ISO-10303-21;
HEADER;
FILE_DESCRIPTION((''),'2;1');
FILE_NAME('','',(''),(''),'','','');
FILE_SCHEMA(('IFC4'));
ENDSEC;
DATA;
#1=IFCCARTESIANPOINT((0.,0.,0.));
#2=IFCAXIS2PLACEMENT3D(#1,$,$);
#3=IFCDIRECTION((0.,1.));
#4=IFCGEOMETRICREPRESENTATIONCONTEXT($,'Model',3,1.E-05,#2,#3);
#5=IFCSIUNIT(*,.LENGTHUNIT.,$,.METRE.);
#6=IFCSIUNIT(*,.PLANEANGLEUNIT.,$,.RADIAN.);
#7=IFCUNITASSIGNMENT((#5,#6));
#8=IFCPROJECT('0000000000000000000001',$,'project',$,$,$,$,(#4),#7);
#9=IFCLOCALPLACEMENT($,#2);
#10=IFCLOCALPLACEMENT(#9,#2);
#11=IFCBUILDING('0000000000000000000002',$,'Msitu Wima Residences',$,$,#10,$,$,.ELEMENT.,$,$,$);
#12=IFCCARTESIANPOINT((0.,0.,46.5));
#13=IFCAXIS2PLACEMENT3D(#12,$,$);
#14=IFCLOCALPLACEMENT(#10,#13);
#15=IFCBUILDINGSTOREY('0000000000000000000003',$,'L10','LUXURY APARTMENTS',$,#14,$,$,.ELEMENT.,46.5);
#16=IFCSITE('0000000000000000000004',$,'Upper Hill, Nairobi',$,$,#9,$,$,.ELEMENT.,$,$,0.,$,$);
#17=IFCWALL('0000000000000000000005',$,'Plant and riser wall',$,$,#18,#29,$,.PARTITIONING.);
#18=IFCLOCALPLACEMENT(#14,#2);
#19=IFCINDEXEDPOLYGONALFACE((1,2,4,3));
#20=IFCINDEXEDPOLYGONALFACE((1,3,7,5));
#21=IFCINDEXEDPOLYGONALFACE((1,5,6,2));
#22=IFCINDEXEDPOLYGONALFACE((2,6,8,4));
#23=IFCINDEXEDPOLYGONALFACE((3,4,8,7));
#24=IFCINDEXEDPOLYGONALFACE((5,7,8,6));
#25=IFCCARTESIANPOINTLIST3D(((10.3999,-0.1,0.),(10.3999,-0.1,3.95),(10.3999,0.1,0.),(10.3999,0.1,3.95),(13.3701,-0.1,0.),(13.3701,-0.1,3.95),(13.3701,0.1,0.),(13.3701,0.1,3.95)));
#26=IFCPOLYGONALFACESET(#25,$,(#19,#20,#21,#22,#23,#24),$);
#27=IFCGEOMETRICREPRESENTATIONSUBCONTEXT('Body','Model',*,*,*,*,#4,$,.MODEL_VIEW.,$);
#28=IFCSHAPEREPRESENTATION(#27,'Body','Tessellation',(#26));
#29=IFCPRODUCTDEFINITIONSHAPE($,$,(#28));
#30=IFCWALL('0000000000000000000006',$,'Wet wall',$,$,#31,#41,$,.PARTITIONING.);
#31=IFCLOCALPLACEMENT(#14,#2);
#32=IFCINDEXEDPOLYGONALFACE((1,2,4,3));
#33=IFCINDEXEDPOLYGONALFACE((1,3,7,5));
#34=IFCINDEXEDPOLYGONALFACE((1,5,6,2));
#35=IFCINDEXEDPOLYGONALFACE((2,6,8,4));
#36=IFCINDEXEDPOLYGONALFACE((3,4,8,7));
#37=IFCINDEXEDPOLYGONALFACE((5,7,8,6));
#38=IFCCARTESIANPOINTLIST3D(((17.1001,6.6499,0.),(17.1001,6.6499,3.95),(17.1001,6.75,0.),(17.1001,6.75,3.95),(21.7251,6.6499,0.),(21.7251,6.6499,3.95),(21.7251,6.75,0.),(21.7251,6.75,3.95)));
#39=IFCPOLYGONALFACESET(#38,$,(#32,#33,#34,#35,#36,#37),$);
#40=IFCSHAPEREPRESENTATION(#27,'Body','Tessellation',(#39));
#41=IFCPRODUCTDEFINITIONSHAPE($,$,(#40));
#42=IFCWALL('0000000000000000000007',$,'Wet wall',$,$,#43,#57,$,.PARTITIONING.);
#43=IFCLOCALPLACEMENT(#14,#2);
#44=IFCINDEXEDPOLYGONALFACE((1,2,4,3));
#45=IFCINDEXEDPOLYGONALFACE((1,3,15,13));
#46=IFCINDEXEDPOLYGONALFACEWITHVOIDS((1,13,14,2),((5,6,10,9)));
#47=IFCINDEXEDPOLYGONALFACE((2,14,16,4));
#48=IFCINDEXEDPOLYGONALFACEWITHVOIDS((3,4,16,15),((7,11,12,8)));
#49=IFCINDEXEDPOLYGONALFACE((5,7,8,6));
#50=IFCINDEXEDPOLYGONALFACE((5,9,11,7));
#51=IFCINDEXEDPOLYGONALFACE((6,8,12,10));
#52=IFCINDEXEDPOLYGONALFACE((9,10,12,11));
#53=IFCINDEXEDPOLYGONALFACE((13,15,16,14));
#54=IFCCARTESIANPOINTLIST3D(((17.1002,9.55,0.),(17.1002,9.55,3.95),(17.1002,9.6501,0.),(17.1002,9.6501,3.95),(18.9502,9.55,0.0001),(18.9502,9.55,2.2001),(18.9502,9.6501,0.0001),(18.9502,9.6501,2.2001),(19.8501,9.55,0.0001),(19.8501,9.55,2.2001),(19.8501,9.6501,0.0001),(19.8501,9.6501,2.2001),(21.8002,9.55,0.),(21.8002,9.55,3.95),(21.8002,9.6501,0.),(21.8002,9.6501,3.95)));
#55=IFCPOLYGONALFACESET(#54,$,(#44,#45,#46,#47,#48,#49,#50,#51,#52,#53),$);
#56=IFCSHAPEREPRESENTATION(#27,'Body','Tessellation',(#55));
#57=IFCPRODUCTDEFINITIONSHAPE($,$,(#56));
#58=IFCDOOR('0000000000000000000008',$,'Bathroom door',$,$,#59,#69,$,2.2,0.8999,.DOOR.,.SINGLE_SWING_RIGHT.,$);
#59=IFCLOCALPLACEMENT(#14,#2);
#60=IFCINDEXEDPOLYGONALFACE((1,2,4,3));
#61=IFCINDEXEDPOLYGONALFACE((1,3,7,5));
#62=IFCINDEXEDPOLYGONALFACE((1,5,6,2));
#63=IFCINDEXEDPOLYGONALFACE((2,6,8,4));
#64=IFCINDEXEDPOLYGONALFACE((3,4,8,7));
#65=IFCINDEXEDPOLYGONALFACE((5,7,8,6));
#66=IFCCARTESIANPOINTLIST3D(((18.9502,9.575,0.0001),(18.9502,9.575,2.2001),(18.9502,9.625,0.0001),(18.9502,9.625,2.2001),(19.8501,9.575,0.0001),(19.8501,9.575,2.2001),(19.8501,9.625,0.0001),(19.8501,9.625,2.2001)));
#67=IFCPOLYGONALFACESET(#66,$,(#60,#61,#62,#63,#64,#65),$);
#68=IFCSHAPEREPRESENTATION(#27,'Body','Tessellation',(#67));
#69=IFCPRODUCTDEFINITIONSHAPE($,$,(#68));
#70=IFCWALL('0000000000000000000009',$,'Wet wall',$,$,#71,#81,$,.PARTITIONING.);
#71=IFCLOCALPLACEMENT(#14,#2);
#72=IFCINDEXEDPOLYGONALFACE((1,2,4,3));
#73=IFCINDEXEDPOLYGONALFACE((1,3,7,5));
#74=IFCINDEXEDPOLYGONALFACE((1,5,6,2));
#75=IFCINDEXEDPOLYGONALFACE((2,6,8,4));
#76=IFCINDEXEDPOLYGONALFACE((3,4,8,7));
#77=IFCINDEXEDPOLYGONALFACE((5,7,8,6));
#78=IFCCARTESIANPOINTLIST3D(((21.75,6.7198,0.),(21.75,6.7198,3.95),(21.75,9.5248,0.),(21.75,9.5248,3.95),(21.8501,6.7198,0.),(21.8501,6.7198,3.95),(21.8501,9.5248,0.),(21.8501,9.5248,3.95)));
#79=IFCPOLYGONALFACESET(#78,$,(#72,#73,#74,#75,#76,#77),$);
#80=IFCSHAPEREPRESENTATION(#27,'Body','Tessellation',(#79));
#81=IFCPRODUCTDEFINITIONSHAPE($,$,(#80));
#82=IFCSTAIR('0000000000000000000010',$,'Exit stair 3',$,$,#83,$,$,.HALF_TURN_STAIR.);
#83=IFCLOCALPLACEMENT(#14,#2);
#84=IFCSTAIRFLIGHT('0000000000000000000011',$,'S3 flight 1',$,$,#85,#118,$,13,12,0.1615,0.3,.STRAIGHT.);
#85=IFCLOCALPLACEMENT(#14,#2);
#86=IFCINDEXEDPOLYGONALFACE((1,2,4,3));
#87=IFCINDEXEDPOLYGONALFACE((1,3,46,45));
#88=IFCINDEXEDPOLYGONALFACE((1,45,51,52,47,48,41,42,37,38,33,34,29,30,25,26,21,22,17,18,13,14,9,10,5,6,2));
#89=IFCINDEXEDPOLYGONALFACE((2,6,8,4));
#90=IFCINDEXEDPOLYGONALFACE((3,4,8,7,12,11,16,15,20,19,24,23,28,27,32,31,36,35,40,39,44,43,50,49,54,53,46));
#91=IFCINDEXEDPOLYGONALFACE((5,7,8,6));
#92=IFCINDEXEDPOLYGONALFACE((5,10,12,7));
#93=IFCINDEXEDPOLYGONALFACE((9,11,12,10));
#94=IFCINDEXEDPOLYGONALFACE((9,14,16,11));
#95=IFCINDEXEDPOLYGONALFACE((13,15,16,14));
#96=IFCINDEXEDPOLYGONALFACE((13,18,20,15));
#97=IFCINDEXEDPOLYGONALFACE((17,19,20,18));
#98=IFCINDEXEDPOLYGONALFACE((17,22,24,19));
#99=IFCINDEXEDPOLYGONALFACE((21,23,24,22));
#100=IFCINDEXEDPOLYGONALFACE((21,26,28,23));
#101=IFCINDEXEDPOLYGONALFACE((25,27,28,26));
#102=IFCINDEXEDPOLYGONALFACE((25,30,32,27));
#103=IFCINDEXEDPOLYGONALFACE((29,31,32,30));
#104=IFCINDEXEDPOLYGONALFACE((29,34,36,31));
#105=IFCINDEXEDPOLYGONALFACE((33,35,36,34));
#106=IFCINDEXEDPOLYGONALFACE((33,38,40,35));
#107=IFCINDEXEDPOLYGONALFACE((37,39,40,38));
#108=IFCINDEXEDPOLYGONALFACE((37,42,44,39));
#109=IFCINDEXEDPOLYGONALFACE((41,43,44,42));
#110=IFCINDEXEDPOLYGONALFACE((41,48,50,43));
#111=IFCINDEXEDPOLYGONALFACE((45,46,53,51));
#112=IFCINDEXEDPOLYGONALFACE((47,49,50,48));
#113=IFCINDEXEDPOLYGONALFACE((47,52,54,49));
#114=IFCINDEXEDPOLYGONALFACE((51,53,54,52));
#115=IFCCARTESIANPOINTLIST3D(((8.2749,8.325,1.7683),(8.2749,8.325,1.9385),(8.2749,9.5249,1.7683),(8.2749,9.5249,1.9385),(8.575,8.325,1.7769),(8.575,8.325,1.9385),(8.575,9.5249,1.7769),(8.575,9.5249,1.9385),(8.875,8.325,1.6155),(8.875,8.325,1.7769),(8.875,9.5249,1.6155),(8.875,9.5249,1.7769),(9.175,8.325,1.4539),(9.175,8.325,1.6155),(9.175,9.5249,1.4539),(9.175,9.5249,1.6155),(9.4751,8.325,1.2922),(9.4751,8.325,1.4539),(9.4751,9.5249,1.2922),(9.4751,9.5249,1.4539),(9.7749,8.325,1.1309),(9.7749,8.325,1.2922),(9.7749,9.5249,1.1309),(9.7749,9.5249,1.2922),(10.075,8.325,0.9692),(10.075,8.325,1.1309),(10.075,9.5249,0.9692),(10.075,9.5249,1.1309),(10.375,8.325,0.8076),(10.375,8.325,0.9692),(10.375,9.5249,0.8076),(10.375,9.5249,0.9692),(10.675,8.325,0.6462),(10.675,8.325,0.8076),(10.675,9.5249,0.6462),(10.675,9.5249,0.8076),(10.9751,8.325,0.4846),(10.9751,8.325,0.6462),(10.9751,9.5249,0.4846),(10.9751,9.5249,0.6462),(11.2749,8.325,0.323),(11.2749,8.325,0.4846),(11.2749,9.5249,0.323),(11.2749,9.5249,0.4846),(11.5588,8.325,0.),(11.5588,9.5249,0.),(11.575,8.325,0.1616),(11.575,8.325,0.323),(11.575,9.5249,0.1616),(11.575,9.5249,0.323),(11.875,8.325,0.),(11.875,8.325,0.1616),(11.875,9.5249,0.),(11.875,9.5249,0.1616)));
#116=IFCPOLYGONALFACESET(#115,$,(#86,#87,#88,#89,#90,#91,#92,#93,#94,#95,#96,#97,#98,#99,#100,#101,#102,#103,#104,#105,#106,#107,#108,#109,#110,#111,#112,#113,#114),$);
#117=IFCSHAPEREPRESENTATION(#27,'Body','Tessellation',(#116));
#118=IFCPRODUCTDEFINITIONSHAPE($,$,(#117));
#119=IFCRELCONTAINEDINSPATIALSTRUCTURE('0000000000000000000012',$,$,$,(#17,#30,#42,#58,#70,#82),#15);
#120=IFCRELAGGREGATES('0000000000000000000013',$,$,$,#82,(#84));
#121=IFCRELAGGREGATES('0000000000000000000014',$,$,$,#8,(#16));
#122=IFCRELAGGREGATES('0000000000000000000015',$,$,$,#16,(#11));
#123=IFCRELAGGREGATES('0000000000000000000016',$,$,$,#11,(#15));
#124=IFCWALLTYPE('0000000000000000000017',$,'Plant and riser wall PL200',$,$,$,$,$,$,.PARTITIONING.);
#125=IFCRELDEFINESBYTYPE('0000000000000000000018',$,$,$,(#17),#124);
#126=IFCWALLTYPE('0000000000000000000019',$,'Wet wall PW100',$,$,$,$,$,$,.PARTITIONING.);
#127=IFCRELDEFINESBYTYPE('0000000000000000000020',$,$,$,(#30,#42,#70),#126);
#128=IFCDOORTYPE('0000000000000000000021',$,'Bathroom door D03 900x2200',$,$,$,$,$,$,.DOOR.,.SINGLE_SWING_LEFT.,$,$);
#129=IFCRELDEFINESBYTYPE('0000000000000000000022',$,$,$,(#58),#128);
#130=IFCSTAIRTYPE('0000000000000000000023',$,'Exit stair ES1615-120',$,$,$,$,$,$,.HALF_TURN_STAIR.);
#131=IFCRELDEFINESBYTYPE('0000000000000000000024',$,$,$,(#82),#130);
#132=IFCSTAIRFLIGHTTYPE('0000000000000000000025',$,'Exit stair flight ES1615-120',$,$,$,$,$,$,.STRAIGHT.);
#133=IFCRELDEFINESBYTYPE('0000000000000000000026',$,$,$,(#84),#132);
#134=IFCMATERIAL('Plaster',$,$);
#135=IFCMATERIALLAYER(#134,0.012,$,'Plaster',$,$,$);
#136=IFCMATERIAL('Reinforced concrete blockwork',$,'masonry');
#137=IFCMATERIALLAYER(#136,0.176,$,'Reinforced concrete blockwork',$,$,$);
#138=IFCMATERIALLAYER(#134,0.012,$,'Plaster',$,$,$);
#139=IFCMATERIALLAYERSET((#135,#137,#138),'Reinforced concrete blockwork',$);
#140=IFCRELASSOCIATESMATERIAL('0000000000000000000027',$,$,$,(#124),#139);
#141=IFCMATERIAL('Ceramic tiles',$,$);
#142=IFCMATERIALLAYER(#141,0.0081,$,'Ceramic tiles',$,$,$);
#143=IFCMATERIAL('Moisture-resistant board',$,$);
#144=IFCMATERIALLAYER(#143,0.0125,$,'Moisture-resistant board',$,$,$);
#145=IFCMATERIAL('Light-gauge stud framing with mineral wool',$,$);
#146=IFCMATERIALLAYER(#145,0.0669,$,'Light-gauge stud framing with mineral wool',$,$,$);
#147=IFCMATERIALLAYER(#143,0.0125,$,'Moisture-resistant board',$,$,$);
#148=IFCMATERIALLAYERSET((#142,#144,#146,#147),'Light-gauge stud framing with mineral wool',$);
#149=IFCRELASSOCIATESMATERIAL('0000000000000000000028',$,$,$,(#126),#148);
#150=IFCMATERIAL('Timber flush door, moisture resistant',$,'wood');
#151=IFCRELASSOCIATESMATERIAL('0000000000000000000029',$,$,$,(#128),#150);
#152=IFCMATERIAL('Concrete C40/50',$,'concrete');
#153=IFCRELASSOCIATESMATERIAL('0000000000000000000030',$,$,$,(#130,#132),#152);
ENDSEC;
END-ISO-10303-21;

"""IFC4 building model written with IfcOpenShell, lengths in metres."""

from ifc_helpers import new_model, si_unit, direction, frame, frame_2d, origin, place, context, subcontext, project, spatial, polyline, rectangle, outline, extrude, material, layer, layer_set, type_object, element, fill, aggregate, save


model = new_model("IFC4")

# Units and contexts
model_context = context("Model", 3, precision=1e-05, world=origin(), true_north=direction((0.0, 1.0)))
body_context = subcontext(model_context, "Body", "Model", "MODEL_VIEW")
ifc_project = project(units=[si_unit("LENGTHUNIT", "METRE"), si_unit("PLANEANGLEUNIT", "RADIAN")], contexts=[model_context])

# Site, building, storey
site_placement = place(None, origin())
site = spatial("IfcSite", under=ifc_project, at=site_placement, Name="Upper Hill, Nairobi", CompositionType="ELEMENT", RefElevation=0.0)
building_placement = place(site_placement, origin())
building = spatial("IfcBuilding", under=site, at=building_placement, Name="Msitu Wima Residences", CompositionType="ELEMENT")
storey_placement = place(building_placement, frame((0.0, 0.0, 46.5)))
storey = spatial("IfcBuildingStorey", under=building, at=storey_placement, Name="L10", Description="LUXURY APARTMENTS", CompositionType="ELEMENT", Elevation=46.5)

# Shared definitions
ifc_material_1 = material(Name="Concrete C40/50", Category="concrete")

# Shared definitions
ifc_material_2 = material(Name="Plaster")

# Shared definitions
ifc_layer_1 = layer(ifc_material_2, 0.012, Name="Plaster")
ifc_material_3 = material(Name="Reinforced concrete blockwork", Category="masonry")
ifc_layer_2 = layer(ifc_material_3, 0.176, Name="Reinforced concrete blockwork")
ifc_layer_3 = layer(ifc_material_2, 0.012, Name="Plaster")
ifc_layer_set_1 = layer_set([ifc_layer_1, ifc_layer_2, ifc_layer_3], Name="Reinforced concrete blockwork")
wall_type_1 = type_object("IfcWallType", Name="Plant and riser wall PL200", PredefinedType="PARTITIONING", material=ifc_layer_set_1)

# Walls
wall_1_placement = place(storey_placement, frame((10.3999, 0.0, 0.0), z_axis=(0.0, 0.0, 1.0), x_axis=(1.0, 0.0, 0.0)))
element("IfcWall", 1, at=wall_1_placement, inside=storey, type_object=wall_type_1, Name="Plant and riser wall", PredefinedType="PARTITIONING", context=body_context, shape_type="SweptSolid", body=[
    extrude(rectangle(XDim=2.9702, YDim=0.2, at=frame_2d((1.4851, 0.0))), origin(), (0.0, 0.0, 1.0), 3.95),
])
ifc_material_4 = material(Name="Ceramic tiles")
ifc_layer_4 = layer(ifc_material_4, 0.0081, Name="Ceramic tiles")
ifc_material_5 = material(Name="Moisture-resistant board")
ifc_layer_5 = layer(ifc_material_5, 0.0125, Name="Moisture-resistant board")
ifc_material_6 = material(Name="Light-gauge stud framing with mineral wool")
ifc_layer_6 = layer(ifc_material_6, 0.0669, Name="Light-gauge stud framing with mineral wool")
ifc_layer_7 = layer(ifc_material_5, 0.0125, Name="Moisture-resistant board")
ifc_layer_set_2 = layer_set([ifc_layer_4, ifc_layer_5, ifc_layer_6, ifc_layer_7], Name="Light-gauge stud framing with mineral wool")
wall_type_2 = type_object("IfcWallType", Name="Wet wall PW100", PredefinedType="PARTITIONING", material=ifc_layer_set_2)
wall_2_placement = place(storey_placement, frame((17.1001, 6.7, 0.0), z_axis=(0.0, 0.0, 1.0), x_axis=(1.0, 0.0, 0.0)))
element("IfcWall", 2, at=wall_2_placement, inside=storey, type_object=wall_type_2, Name="Wet wall", PredefinedType="PARTITIONING", context=body_context, shape_type="SweptSolid", body=[
    extrude(rectangle(XDim=4.625, YDim=0.1001, at=frame_2d((2.3125, 0.0))), origin(), (0.0, 0.0, 1.0), 3.95),
])

# Wall, opening, door
wall_3_placement = place(storey_placement, frame((17.1001, 9.6001, 0.0), z_axis=(0.0, 0.0, 1.0), x_axis=(1.0, 0.0, 0.0)))
wall_3 = element("IfcWall", 3, at=wall_3_placement, inside=storey, type_object=wall_type_2, Name="Wet wall", PredefinedType="PARTITIONING", context=body_context, shape_type="SweptSolid", body=[
    extrude(rectangle(XDim=4.7, YDim=0.1001, at=frame_2d((2.3501, 0.0))), origin(), (0.0, 0.0, 1.0), 3.95),
])
opening_1_placement = place(wall_3_placement, frame((1.8501, 0.0, 0.0)))
opening_1 = element("IfcOpeningElement", 4, at=opening_1_placement, cuts=wall_3, PredefinedType="OPENING", context=body_context, shape_type="SweptSolid", body=[
    extrude(rectangle(XDim=0.8999, YDim=2.2, at=frame_2d((0.45, 1.1001))), frame((0.0, 0.0601, 0.0), z_axis=(0.0, -1.0, 0.0), x_axis=(1.0, 0.0, 0.0)), (0.0, 0.0, 1.0), 0.1201),
])
ifc_material_7 = material(Name="Timber flush door, moisture resistant", Category="wood")
door_type_1 = type_object("IfcDoorType", Name="Bathroom door D03 900x2200", OperationType="SINGLE_SWING_LEFT", PredefinedType="DOOR", material=ifc_material_7)
door_1_placement = place(opening_1_placement, origin())
door_1 = element("IfcDoor", 5, at=door_1_placement, inside=storey, type_object=door_type_1, Name="Bathroom door", OperationType="SINGLE_SWING_RIGHT", OverallHeight=2.2, OverallWidth=0.8999, PredefinedType="DOOR", context=body_context, shape_type="SweptSolid", body=[
    extrude(rectangle(XDim=0.8999, YDim=2.2, at=frame_2d((0.45, 1.1001))), frame((0.0, 0.0249, 0.0), z_axis=(0.0, -1.0, 0.0), x_axis=(1.0, 0.0, 0.0)), (0.0, 0.0, 1.0), 0.05),
])
fill(opening_1, door_1)

# Wall
wall_4_placement = place(storey_placement, frame((21.8, 6.72, 0.0), z_axis=(0.0, 0.0, 1.0), x_axis=(0.0, 1.0, 0.0)))
element("IfcWall", 6, at=wall_4_placement, inside=storey, type_object=wall_type_2, Name="Wet wall", PredefinedType="PARTITIONING", context=body_context, shape_type="SweptSolid", body=[
    extrude(rectangle(XDim=2.8049, YDim=0.1001, at=frame_2d((1.4023, 0.0))), origin(), (0.0, 0.0, 1.0), 3.95),
])

# Stair, stair flight
stair_type = type_object("IfcStairType", Name="Exit stair ES1615-120", PredefinedType="HALF_TURN_STAIR", material=ifc_material_1)
stair_placement = place(storey_placement, origin())
stair = element("IfcStair", 7, at=stair_placement, inside=storey, type_object=stair_type, Name="Exit stair 3", PredefinedType="HALF_TURN_STAIR")
stair_flight_type = type_object("IfcStairFlightType", Name="Exit stair flight ES1615-120", PredefinedType="STRAIGHT", material=ifc_material_1)
stair_flight_placement = place(storey_placement, frame((11.875, 8.925, 0.0), z_axis=(0.0, 0.0, 1.0), x_axis=(-1.0, 0.0, 0.0)))
stair_flight = element("IfcStairFlight", 8, at=stair_flight_placement, type_object=stair_flight_type, Name="S3 flight 1", NumberOfRisers=13, NumberOfTreads=12, PredefinedType="STRAIGHT", RiserHeight=0.1615, TreadLength=0.3, context=body_context, shape_type="SweptSolid", body=[
    extrude(outline(polyline([(0.0, 0.0), (0.0, 0.1616), (0.3, 0.1616), (0.3, 0.323), (0.6001, 0.323), (0.6001, 0.4846), (0.8999, 0.4846), (0.8999, 0.6462), (1.2, 0.6462), (1.2, 0.8076), (1.5, 0.8076), (1.5, 0.9692), (1.8, 0.9692), (1.8, 1.1309), (2.1001, 1.1309), (2.1001, 1.2922), (2.3999, 1.2922), (2.3999, 1.4539), (2.7, 1.4539), (2.7, 1.6155), (3.0, 1.6155), (3.0, 1.7769), (3.3, 1.7769), (3.3, 1.9385), (3.6001, 1.9385), (3.6001, 2.1001), (3.6001, 1.7683), (0.3162, 0.0), (0.0, 0.0)])), frame((0.0, 0.6001, 0.0), z_axis=(0.0, -1.0, 0.0), x_axis=(1.0, 0.0, 0.0)), (0.0, 0.0, 1.0), 1.2),
])
aggregate(stair, [stair_flight])

save(model, "model.ifc")
